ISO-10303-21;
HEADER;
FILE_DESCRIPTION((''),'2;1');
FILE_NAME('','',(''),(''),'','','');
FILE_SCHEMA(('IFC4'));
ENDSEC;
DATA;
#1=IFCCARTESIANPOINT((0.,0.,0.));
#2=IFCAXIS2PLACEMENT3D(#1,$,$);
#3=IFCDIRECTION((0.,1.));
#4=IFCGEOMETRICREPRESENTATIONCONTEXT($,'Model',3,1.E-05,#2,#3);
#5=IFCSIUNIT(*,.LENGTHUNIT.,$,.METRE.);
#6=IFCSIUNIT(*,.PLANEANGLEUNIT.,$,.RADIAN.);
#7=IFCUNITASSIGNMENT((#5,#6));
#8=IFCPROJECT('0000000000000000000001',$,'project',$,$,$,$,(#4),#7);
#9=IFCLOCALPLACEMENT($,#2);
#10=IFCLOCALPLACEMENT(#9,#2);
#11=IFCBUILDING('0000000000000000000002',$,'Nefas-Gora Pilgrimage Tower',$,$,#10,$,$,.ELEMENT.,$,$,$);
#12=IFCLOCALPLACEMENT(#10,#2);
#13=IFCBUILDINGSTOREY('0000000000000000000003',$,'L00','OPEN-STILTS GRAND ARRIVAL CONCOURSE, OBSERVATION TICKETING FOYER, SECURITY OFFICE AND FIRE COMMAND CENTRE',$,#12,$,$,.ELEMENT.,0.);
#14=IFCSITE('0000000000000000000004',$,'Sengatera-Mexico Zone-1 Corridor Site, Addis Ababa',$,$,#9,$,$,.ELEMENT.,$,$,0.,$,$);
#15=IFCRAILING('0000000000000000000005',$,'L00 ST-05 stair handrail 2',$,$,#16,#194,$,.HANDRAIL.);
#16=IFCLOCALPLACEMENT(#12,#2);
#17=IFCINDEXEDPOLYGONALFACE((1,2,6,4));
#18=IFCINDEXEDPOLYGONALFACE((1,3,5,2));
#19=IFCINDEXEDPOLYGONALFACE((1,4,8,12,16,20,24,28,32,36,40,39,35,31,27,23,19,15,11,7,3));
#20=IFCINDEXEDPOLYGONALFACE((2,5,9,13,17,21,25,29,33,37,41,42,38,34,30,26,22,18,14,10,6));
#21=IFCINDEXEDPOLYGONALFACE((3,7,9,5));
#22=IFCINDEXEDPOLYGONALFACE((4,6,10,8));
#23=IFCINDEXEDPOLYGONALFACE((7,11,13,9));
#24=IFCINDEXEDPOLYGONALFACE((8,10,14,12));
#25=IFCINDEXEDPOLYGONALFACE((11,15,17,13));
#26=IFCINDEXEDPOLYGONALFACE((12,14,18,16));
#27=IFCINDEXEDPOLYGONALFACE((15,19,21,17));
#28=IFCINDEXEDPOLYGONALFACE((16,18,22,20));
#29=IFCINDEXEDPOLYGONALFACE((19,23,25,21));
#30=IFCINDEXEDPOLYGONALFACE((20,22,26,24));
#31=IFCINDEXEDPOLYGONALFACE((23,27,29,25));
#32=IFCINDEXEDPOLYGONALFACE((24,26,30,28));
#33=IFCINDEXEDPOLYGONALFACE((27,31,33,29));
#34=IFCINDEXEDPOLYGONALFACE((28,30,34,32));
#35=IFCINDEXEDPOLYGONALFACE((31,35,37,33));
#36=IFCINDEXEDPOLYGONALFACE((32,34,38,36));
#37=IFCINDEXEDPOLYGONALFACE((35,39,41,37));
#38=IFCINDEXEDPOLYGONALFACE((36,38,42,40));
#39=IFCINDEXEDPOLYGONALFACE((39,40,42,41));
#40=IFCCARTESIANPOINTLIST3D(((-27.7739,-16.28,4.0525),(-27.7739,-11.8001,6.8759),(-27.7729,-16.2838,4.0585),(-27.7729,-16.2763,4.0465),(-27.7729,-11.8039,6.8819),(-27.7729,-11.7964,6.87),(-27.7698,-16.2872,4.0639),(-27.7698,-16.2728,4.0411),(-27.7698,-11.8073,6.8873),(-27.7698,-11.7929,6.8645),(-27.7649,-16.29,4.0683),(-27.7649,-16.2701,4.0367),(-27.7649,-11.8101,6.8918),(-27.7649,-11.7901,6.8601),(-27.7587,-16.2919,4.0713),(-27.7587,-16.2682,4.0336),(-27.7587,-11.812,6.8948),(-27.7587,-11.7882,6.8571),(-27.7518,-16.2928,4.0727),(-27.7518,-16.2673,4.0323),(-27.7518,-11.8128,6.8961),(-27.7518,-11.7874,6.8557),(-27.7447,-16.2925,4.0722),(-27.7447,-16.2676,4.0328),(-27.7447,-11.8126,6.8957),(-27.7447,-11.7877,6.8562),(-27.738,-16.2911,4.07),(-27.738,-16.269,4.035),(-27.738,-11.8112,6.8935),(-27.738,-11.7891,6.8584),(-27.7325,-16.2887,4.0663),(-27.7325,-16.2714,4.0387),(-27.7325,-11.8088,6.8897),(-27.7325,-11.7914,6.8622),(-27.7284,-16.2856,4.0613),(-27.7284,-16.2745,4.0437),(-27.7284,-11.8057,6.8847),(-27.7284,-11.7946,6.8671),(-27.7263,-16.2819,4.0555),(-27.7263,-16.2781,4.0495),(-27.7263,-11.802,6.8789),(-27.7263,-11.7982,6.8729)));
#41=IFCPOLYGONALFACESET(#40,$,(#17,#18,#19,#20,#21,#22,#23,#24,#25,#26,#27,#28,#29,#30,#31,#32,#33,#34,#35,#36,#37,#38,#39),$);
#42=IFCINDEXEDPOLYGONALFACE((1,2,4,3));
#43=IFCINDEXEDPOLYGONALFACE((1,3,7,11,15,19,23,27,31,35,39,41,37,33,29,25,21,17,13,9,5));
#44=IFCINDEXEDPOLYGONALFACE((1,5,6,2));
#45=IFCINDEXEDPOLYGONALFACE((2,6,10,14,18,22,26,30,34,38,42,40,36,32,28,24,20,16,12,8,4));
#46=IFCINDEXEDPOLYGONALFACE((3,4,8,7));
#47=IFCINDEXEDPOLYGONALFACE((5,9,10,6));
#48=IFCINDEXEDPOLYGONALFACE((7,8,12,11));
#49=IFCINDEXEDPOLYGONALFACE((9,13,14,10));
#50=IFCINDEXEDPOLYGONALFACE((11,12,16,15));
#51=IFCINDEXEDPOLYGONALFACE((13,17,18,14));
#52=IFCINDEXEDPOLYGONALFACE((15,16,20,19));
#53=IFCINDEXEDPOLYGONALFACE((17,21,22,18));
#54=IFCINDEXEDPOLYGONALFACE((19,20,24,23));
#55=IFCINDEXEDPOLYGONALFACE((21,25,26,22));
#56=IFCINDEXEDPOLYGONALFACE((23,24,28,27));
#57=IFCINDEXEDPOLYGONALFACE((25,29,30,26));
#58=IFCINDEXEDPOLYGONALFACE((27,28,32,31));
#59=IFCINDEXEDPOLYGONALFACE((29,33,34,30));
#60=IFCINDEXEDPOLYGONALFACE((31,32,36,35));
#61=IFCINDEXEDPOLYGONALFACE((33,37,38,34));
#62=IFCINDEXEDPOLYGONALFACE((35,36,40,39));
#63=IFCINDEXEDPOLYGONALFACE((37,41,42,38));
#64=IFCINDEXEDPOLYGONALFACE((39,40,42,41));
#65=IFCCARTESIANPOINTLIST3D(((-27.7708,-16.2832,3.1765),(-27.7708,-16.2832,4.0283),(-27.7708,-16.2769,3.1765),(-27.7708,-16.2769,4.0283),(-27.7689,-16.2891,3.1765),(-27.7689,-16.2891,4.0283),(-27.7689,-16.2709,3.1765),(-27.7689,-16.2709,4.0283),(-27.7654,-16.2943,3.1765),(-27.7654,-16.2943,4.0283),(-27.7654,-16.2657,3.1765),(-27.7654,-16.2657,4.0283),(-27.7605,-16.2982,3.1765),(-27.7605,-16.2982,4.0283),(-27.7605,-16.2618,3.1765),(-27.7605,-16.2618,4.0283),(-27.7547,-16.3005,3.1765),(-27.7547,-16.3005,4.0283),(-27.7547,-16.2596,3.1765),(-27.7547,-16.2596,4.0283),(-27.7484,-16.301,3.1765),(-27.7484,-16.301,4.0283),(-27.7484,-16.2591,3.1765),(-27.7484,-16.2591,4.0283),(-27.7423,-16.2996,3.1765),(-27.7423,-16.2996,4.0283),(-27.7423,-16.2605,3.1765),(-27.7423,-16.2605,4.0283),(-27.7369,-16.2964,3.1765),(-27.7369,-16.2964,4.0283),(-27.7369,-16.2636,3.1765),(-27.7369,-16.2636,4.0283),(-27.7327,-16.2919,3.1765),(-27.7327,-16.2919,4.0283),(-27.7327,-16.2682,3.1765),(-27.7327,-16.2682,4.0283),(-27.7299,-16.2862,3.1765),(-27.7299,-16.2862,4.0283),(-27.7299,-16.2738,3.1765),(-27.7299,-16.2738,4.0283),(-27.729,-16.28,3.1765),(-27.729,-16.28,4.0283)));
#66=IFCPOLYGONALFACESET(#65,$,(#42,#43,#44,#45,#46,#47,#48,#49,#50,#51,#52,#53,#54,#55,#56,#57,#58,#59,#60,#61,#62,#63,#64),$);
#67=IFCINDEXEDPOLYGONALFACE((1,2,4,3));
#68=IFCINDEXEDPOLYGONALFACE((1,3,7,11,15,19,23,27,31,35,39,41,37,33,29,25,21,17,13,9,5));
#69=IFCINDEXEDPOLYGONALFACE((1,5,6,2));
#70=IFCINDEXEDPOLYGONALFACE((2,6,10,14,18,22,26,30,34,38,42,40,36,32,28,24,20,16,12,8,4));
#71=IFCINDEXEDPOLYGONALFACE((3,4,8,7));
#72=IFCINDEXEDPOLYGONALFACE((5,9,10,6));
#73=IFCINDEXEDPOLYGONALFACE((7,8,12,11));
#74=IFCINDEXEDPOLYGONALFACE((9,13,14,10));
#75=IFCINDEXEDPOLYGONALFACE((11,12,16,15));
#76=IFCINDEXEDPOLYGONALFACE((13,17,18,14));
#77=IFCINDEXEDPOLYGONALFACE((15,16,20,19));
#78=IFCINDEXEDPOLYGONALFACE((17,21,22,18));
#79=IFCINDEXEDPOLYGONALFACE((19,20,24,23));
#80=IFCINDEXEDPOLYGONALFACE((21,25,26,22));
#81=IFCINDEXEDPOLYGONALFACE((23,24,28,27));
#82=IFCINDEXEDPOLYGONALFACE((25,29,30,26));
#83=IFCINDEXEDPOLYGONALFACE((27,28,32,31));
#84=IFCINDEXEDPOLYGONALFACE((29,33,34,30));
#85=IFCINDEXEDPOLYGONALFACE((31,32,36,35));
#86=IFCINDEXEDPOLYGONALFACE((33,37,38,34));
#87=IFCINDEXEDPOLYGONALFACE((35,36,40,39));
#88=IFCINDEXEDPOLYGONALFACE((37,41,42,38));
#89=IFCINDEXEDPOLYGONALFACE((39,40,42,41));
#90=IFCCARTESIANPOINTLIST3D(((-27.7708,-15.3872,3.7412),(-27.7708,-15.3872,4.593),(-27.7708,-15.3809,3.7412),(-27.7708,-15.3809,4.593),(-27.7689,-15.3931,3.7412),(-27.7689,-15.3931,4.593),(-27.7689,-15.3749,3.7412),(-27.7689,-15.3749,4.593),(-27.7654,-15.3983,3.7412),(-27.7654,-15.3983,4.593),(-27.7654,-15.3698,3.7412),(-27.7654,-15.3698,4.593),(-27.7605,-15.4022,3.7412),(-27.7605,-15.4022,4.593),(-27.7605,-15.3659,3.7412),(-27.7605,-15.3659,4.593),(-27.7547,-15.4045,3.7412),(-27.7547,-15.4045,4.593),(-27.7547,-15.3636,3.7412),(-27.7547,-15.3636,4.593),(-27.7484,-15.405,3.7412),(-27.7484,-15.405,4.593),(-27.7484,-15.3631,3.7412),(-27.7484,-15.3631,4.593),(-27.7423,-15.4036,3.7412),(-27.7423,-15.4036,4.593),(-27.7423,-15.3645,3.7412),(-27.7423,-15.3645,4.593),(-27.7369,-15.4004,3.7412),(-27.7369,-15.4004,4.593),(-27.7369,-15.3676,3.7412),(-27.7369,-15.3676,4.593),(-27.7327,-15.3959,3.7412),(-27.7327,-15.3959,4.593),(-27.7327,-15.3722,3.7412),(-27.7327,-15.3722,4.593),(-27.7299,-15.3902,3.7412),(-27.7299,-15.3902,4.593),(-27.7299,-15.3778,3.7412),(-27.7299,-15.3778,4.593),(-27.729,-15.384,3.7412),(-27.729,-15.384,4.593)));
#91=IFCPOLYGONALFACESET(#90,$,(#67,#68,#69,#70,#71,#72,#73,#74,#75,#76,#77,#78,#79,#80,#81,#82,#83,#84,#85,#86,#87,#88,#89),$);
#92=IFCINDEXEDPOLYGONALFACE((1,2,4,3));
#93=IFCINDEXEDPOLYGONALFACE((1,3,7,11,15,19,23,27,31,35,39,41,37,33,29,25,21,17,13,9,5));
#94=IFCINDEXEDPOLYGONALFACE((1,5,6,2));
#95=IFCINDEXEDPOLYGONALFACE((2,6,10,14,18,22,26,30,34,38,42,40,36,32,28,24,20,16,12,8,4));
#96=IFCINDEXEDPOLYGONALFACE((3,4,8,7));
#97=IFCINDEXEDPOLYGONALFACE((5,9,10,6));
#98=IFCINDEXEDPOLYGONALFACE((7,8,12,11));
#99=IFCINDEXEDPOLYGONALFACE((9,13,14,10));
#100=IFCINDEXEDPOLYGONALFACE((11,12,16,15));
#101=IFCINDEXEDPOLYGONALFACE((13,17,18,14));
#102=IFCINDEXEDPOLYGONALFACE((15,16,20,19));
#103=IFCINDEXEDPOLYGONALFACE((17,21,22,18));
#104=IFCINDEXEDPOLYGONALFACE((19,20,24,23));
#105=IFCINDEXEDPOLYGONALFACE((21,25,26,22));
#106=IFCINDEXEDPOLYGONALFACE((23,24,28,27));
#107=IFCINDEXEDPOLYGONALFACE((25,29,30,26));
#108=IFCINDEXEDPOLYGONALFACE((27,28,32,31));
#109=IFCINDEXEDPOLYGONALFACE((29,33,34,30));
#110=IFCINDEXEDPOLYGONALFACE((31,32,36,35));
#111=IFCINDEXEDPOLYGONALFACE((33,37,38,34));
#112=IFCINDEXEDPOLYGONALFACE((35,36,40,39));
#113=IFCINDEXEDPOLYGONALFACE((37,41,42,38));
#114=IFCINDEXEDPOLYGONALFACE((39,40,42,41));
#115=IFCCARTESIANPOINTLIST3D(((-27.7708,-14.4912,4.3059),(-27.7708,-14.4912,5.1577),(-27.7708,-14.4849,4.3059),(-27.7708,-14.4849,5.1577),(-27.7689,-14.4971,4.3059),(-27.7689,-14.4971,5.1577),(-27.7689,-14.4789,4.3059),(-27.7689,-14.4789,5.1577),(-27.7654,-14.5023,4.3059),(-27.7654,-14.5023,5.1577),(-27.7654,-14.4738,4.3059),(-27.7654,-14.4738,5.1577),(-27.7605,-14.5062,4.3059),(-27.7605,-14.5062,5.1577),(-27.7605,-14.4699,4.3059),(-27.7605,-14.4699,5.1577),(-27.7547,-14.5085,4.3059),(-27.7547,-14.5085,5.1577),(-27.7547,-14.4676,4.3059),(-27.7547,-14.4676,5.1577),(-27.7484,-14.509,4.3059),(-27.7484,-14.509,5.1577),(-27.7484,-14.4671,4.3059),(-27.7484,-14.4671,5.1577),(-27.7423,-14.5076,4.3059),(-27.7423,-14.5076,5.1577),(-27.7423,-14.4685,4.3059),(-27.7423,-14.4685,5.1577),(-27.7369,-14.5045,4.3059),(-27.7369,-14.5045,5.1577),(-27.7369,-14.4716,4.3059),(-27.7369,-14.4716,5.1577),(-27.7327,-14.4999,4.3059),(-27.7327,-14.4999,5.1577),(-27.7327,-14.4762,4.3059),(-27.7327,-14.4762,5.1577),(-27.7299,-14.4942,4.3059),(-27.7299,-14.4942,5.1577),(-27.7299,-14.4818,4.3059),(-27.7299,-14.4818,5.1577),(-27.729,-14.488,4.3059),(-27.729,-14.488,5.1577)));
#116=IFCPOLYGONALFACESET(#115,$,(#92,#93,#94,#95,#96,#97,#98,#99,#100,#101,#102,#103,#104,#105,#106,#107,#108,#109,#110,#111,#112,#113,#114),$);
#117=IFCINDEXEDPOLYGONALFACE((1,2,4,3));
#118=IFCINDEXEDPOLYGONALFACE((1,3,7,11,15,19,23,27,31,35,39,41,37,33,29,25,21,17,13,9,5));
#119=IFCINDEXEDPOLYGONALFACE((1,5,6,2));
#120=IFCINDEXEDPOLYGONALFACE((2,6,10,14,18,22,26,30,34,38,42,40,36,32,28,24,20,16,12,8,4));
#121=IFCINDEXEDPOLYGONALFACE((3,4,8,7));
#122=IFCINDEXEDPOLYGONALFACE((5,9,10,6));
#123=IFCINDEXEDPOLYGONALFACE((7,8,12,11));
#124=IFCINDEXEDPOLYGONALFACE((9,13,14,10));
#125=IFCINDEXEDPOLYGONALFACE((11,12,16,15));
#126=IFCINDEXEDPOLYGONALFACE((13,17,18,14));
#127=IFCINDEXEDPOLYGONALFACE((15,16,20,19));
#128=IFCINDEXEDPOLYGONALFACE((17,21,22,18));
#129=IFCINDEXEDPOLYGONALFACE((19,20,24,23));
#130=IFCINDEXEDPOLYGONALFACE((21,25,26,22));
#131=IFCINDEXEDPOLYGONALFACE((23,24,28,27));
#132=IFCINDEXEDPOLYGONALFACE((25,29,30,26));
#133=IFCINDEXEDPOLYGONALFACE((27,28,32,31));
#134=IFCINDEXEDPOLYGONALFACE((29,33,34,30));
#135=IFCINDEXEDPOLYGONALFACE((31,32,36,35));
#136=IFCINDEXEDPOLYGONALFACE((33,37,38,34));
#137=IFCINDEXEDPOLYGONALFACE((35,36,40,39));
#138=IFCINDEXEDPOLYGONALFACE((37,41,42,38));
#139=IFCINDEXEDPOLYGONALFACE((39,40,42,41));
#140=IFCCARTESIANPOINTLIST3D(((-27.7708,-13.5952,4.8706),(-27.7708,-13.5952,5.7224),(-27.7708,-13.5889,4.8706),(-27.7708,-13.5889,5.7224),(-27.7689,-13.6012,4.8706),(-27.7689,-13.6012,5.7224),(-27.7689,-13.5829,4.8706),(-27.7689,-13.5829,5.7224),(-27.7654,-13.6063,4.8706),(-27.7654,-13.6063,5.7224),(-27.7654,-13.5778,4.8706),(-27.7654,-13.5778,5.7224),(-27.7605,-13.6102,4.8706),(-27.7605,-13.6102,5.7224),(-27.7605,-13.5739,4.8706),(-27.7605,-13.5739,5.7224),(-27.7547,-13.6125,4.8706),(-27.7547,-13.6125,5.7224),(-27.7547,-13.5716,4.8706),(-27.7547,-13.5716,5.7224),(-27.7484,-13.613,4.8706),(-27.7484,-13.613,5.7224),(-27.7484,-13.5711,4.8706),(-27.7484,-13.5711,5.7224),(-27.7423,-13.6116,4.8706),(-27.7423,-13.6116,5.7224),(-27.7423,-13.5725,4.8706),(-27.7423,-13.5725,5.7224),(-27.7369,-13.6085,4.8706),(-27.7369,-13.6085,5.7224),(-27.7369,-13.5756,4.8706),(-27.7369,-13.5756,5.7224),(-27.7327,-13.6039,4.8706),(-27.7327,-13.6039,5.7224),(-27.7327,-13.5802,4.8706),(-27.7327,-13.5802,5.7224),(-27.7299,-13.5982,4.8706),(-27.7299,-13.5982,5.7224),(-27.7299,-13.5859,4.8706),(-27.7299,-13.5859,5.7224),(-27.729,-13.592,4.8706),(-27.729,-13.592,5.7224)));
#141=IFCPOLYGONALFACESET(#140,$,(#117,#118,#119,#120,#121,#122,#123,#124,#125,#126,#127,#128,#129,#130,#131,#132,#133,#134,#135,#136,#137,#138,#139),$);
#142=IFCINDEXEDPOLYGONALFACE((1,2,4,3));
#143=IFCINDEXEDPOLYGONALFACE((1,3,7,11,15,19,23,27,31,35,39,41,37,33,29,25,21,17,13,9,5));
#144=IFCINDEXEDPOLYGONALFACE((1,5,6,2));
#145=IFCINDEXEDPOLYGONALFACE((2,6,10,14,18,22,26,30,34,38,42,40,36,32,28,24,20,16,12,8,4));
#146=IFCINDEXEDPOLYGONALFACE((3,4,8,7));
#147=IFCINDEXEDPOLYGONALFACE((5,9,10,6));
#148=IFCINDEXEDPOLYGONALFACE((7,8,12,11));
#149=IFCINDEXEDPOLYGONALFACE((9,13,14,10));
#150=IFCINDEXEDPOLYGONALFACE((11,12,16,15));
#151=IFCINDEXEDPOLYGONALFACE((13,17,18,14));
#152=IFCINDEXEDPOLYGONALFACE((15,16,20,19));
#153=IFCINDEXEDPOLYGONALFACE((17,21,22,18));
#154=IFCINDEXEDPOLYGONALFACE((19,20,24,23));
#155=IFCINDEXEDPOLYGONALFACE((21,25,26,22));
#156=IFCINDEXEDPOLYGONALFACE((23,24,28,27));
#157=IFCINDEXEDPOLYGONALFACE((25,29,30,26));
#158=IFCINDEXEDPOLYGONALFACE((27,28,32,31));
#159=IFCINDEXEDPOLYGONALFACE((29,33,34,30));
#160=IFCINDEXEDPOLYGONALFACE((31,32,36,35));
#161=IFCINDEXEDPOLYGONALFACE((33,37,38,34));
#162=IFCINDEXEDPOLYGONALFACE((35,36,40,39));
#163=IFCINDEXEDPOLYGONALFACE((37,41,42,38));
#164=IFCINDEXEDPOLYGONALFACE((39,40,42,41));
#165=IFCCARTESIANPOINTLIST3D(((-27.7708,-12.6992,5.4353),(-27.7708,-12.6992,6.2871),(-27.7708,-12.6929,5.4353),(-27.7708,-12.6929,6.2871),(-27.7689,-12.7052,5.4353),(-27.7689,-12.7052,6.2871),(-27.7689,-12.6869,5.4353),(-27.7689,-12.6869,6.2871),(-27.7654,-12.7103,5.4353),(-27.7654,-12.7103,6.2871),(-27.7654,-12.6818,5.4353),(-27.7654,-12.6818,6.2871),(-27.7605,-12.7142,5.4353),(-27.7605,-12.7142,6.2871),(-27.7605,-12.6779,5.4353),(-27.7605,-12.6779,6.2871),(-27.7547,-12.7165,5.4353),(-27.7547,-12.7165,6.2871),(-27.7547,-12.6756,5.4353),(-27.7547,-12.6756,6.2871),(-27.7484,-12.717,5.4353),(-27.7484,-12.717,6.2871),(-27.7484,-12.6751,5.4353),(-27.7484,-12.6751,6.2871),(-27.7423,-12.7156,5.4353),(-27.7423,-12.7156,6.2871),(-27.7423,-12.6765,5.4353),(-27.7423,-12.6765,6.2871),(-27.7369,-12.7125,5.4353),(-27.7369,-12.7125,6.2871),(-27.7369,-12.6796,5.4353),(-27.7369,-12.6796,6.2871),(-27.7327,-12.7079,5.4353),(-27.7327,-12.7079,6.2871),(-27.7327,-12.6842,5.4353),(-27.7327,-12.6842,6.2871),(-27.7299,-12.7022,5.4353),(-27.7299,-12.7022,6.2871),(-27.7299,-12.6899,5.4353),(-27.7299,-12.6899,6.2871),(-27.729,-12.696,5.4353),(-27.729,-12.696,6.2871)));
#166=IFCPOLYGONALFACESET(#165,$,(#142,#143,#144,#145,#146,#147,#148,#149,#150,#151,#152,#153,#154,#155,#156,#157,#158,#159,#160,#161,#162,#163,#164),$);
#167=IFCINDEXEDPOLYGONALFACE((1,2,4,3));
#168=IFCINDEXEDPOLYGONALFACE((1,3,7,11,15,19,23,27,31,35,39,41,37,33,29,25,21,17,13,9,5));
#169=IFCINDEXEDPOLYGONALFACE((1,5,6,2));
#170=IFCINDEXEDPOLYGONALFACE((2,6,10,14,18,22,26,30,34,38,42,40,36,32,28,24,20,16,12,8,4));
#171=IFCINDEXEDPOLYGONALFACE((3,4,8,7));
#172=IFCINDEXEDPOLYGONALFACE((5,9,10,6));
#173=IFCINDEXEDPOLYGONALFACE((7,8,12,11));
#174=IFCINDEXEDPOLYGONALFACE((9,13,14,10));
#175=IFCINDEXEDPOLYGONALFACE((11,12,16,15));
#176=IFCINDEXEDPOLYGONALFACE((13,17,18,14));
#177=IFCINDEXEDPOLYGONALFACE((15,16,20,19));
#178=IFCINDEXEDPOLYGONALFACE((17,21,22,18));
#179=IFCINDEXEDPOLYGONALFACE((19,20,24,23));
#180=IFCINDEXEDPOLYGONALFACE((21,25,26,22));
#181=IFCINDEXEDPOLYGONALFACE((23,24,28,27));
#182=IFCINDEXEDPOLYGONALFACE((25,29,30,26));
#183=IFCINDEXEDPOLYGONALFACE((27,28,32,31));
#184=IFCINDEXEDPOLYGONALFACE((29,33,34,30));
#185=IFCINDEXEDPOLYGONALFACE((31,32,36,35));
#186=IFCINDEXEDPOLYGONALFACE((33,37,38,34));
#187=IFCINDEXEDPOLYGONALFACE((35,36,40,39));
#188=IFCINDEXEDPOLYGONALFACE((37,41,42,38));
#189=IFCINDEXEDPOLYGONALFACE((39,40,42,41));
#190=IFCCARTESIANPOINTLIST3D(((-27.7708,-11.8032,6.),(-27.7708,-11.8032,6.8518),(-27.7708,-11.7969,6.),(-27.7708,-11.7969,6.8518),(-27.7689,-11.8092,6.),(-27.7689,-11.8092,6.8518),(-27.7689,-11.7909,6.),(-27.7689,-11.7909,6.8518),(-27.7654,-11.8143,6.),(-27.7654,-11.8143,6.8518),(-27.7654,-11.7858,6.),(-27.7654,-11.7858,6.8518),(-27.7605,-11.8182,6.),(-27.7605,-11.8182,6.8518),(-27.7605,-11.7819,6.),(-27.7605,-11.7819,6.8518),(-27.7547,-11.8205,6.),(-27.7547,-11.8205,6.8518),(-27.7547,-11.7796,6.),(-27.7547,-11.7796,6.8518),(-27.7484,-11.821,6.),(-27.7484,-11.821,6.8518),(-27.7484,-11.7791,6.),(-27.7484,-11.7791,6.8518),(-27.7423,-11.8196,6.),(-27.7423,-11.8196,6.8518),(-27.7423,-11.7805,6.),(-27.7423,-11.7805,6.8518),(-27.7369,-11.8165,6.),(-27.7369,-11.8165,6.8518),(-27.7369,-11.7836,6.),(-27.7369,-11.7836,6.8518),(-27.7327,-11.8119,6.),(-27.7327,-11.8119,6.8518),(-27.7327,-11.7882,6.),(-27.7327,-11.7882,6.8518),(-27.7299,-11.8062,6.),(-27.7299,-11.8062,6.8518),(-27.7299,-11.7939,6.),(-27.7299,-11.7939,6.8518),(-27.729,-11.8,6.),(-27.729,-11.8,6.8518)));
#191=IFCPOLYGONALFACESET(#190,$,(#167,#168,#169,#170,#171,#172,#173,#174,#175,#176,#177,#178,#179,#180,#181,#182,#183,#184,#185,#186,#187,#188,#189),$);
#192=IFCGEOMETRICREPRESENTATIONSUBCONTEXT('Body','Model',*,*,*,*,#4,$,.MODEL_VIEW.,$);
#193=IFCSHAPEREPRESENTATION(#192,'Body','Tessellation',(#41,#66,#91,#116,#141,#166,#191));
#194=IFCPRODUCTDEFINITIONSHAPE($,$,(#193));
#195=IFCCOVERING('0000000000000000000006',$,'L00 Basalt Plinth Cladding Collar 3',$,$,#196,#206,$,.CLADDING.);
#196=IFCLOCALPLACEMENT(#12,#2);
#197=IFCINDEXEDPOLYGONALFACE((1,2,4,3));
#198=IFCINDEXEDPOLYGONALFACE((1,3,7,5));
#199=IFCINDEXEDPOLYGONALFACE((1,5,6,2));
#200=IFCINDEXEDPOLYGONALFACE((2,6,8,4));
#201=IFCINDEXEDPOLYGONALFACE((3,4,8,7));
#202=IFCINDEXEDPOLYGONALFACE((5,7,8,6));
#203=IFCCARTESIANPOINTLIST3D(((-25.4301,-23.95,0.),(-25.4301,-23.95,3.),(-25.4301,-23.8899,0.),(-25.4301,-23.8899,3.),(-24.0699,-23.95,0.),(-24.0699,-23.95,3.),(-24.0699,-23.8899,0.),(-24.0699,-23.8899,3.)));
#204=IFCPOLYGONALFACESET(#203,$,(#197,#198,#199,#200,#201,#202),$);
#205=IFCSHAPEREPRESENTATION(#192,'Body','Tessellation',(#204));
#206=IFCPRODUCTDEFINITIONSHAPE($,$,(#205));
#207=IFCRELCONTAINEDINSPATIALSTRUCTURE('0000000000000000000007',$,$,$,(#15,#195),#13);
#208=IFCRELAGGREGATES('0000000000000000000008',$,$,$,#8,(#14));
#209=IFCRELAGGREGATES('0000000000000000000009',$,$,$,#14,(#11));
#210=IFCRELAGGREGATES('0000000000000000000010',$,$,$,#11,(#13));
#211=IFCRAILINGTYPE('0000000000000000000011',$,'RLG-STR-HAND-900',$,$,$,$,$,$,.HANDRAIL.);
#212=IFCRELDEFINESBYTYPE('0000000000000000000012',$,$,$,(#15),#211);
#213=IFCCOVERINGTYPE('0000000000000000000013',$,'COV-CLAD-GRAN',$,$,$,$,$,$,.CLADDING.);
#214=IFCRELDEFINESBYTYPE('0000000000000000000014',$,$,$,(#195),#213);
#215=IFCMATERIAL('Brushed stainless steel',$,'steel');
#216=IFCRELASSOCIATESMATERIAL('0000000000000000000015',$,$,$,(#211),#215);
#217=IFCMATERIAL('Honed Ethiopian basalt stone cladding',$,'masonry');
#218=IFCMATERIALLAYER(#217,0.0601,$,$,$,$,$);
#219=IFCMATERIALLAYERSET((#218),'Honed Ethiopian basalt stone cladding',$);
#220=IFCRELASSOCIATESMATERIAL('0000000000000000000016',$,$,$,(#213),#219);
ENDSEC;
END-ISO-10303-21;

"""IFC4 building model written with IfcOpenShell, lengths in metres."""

from ifc_helpers import new_model, si_unit, direction, frame, origin, origin_2d, place, context, subcontext, project, spatial, rectangle, circle, extrude, source, transform, mapped, material, layer, layer_set, type_object, element, save


model = new_model("IFC4")

# Units and contexts
model_context = context("Model", 3, precision=1e-05, world=origin(), true_north=direction((0.0, 1.0)))
body_context = subcontext(model_context, "Body", "Model", "MODEL_VIEW")
ifc_project = project(units=[si_unit("LENGTHUNIT", "METRE"), si_unit("PLANEANGLEUNIT", "RADIAN")], contexts=[model_context])

# Site, building, storey
site_placement = place(None, origin())
site = spatial("IfcSite", under=ifc_project, at=site_placement, Name="Sengatera-Mexico Zone-1 Corridor Site, Addis Ababa", CompositionType="ELEMENT", RefElevation=0.0)
building_placement = place(site_placement, origin())
building = spatial("IfcBuilding", under=site, at=building_placement, Name="Nefas-Gora Pilgrimage Tower", CompositionType="ELEMENT")
storey_placement = place(building_placement, origin())
storey = spatial("IfcBuildingStorey", under=building, at=storey_placement, Name="L00", Description="OPEN-STILTS GRAND ARRIVAL CONCOURSE, OBSERVATION TICKETING FOYER, SECURITY OFFICE AND FIRE COMMAND CENTRE", CompositionType="ELEMENT", Elevation=0.0)

# Railing
ifc_material_1 = material(Name="Brushed stainless steel", Category="steel")
railing_type_1 = type_object("IfcRailingType", Name="RLG-STR-HAND-900", PredefinedType="HANDRAIL", material=ifc_material_1)
railing_1_placement = place(storey_placement, frame((-27.75, -16.28, 3.1765)))
element("IfcRailing", 1, at=railing_1_placement, inside=storey, type_object=railing_type_1, Name="L00 ST-05 stair handrail 2", PredefinedType="HANDRAIL", context=body_context, shape_type="SweptSolid", body=[
    extrude(circle(Radius=0.0239, at=origin_2d()), frame((0.0, 0.0, 0.876), z_axis=(0.0, 0.845998, 0.533186), x_axis=(-1.0, 0.0, 0.0)), (0.0, 0.0, 1.0), 5.2954),
    extrude(circle(Radius=0.021, at=origin_2d()), origin(), (0.0, 0.0, 1.0), 0.8518),
    extrude(circle(Radius=0.021, at=origin_2d()), frame((0.0, 0.896, 0.5647)), (0.0, 0.0, 1.0), 0.8518),
    extrude(circle(Radius=0.021, at=origin_2d()), frame((0.0, 1.792, 1.1294)), (0.0, 0.0, 1.0), 0.8518),
    extrude(circle(Radius=0.021, at=origin_2d()), frame((0.0, 2.688, 1.6941)), (0.0, 0.0, 1.0), 0.8518),
    extrude(circle(Radius=0.021, at=origin_2d()), frame((0.0, 3.584, 2.2588)), (0.0, 0.0, 1.0), 0.8518),
    extrude(circle(Radius=0.021, at=origin_2d()), frame((0.0, 4.48, 2.8235)), (0.0, 0.0, 1.0), 0.8518),
])

# Covering
ifc_material_2 = material(Name="Honed Ethiopian basalt stone cladding", Category="masonry")
ifc_layer_1 = layer(ifc_material_2, 0.0601)
ifc_layer_set_1 = layer_set([ifc_layer_1], Name="Honed Ethiopian basalt stone cladding")
covering_type = type_object("IfcCoveringType", Name="COV-CLAD-GRAN", PredefinedType="CLADDING", material=ifc_layer_set_1)
shared_shape_1 = source(origin(), body_context, "Body", "SweptSolid", [
    extrude(rectangle(XDim=1.3601, YDim=0.0601, at=origin_2d()), origin(), (0.0, 0.0, 1.0), 3.0),
])
covering_placement = place(storey_placement, frame((-24.75, -23.9199, 0.0), z_axis=(0.0, 0.0, 1.0), x_axis=(1.0, 0.0, 0.0)))
element("IfcCovering", 2, at=covering_placement, inside=storey, type_object=covering_type, Name="L00 Basalt Plinth Cladding Collar 3", PredefinedType="CLADDING", context=body_context, shape_type="MappedRepresentation", body=[
    mapped(shared_shape_1, transform((0.0, 0.0, 0.0), x_axis=(1.0, 0.0, 0.0), y_axis=(0.0, 1.0, 0.0), z_axis=(0.0, 0.0, 1.0), scale=1.0)),
])

save(model, "model.ifc")
